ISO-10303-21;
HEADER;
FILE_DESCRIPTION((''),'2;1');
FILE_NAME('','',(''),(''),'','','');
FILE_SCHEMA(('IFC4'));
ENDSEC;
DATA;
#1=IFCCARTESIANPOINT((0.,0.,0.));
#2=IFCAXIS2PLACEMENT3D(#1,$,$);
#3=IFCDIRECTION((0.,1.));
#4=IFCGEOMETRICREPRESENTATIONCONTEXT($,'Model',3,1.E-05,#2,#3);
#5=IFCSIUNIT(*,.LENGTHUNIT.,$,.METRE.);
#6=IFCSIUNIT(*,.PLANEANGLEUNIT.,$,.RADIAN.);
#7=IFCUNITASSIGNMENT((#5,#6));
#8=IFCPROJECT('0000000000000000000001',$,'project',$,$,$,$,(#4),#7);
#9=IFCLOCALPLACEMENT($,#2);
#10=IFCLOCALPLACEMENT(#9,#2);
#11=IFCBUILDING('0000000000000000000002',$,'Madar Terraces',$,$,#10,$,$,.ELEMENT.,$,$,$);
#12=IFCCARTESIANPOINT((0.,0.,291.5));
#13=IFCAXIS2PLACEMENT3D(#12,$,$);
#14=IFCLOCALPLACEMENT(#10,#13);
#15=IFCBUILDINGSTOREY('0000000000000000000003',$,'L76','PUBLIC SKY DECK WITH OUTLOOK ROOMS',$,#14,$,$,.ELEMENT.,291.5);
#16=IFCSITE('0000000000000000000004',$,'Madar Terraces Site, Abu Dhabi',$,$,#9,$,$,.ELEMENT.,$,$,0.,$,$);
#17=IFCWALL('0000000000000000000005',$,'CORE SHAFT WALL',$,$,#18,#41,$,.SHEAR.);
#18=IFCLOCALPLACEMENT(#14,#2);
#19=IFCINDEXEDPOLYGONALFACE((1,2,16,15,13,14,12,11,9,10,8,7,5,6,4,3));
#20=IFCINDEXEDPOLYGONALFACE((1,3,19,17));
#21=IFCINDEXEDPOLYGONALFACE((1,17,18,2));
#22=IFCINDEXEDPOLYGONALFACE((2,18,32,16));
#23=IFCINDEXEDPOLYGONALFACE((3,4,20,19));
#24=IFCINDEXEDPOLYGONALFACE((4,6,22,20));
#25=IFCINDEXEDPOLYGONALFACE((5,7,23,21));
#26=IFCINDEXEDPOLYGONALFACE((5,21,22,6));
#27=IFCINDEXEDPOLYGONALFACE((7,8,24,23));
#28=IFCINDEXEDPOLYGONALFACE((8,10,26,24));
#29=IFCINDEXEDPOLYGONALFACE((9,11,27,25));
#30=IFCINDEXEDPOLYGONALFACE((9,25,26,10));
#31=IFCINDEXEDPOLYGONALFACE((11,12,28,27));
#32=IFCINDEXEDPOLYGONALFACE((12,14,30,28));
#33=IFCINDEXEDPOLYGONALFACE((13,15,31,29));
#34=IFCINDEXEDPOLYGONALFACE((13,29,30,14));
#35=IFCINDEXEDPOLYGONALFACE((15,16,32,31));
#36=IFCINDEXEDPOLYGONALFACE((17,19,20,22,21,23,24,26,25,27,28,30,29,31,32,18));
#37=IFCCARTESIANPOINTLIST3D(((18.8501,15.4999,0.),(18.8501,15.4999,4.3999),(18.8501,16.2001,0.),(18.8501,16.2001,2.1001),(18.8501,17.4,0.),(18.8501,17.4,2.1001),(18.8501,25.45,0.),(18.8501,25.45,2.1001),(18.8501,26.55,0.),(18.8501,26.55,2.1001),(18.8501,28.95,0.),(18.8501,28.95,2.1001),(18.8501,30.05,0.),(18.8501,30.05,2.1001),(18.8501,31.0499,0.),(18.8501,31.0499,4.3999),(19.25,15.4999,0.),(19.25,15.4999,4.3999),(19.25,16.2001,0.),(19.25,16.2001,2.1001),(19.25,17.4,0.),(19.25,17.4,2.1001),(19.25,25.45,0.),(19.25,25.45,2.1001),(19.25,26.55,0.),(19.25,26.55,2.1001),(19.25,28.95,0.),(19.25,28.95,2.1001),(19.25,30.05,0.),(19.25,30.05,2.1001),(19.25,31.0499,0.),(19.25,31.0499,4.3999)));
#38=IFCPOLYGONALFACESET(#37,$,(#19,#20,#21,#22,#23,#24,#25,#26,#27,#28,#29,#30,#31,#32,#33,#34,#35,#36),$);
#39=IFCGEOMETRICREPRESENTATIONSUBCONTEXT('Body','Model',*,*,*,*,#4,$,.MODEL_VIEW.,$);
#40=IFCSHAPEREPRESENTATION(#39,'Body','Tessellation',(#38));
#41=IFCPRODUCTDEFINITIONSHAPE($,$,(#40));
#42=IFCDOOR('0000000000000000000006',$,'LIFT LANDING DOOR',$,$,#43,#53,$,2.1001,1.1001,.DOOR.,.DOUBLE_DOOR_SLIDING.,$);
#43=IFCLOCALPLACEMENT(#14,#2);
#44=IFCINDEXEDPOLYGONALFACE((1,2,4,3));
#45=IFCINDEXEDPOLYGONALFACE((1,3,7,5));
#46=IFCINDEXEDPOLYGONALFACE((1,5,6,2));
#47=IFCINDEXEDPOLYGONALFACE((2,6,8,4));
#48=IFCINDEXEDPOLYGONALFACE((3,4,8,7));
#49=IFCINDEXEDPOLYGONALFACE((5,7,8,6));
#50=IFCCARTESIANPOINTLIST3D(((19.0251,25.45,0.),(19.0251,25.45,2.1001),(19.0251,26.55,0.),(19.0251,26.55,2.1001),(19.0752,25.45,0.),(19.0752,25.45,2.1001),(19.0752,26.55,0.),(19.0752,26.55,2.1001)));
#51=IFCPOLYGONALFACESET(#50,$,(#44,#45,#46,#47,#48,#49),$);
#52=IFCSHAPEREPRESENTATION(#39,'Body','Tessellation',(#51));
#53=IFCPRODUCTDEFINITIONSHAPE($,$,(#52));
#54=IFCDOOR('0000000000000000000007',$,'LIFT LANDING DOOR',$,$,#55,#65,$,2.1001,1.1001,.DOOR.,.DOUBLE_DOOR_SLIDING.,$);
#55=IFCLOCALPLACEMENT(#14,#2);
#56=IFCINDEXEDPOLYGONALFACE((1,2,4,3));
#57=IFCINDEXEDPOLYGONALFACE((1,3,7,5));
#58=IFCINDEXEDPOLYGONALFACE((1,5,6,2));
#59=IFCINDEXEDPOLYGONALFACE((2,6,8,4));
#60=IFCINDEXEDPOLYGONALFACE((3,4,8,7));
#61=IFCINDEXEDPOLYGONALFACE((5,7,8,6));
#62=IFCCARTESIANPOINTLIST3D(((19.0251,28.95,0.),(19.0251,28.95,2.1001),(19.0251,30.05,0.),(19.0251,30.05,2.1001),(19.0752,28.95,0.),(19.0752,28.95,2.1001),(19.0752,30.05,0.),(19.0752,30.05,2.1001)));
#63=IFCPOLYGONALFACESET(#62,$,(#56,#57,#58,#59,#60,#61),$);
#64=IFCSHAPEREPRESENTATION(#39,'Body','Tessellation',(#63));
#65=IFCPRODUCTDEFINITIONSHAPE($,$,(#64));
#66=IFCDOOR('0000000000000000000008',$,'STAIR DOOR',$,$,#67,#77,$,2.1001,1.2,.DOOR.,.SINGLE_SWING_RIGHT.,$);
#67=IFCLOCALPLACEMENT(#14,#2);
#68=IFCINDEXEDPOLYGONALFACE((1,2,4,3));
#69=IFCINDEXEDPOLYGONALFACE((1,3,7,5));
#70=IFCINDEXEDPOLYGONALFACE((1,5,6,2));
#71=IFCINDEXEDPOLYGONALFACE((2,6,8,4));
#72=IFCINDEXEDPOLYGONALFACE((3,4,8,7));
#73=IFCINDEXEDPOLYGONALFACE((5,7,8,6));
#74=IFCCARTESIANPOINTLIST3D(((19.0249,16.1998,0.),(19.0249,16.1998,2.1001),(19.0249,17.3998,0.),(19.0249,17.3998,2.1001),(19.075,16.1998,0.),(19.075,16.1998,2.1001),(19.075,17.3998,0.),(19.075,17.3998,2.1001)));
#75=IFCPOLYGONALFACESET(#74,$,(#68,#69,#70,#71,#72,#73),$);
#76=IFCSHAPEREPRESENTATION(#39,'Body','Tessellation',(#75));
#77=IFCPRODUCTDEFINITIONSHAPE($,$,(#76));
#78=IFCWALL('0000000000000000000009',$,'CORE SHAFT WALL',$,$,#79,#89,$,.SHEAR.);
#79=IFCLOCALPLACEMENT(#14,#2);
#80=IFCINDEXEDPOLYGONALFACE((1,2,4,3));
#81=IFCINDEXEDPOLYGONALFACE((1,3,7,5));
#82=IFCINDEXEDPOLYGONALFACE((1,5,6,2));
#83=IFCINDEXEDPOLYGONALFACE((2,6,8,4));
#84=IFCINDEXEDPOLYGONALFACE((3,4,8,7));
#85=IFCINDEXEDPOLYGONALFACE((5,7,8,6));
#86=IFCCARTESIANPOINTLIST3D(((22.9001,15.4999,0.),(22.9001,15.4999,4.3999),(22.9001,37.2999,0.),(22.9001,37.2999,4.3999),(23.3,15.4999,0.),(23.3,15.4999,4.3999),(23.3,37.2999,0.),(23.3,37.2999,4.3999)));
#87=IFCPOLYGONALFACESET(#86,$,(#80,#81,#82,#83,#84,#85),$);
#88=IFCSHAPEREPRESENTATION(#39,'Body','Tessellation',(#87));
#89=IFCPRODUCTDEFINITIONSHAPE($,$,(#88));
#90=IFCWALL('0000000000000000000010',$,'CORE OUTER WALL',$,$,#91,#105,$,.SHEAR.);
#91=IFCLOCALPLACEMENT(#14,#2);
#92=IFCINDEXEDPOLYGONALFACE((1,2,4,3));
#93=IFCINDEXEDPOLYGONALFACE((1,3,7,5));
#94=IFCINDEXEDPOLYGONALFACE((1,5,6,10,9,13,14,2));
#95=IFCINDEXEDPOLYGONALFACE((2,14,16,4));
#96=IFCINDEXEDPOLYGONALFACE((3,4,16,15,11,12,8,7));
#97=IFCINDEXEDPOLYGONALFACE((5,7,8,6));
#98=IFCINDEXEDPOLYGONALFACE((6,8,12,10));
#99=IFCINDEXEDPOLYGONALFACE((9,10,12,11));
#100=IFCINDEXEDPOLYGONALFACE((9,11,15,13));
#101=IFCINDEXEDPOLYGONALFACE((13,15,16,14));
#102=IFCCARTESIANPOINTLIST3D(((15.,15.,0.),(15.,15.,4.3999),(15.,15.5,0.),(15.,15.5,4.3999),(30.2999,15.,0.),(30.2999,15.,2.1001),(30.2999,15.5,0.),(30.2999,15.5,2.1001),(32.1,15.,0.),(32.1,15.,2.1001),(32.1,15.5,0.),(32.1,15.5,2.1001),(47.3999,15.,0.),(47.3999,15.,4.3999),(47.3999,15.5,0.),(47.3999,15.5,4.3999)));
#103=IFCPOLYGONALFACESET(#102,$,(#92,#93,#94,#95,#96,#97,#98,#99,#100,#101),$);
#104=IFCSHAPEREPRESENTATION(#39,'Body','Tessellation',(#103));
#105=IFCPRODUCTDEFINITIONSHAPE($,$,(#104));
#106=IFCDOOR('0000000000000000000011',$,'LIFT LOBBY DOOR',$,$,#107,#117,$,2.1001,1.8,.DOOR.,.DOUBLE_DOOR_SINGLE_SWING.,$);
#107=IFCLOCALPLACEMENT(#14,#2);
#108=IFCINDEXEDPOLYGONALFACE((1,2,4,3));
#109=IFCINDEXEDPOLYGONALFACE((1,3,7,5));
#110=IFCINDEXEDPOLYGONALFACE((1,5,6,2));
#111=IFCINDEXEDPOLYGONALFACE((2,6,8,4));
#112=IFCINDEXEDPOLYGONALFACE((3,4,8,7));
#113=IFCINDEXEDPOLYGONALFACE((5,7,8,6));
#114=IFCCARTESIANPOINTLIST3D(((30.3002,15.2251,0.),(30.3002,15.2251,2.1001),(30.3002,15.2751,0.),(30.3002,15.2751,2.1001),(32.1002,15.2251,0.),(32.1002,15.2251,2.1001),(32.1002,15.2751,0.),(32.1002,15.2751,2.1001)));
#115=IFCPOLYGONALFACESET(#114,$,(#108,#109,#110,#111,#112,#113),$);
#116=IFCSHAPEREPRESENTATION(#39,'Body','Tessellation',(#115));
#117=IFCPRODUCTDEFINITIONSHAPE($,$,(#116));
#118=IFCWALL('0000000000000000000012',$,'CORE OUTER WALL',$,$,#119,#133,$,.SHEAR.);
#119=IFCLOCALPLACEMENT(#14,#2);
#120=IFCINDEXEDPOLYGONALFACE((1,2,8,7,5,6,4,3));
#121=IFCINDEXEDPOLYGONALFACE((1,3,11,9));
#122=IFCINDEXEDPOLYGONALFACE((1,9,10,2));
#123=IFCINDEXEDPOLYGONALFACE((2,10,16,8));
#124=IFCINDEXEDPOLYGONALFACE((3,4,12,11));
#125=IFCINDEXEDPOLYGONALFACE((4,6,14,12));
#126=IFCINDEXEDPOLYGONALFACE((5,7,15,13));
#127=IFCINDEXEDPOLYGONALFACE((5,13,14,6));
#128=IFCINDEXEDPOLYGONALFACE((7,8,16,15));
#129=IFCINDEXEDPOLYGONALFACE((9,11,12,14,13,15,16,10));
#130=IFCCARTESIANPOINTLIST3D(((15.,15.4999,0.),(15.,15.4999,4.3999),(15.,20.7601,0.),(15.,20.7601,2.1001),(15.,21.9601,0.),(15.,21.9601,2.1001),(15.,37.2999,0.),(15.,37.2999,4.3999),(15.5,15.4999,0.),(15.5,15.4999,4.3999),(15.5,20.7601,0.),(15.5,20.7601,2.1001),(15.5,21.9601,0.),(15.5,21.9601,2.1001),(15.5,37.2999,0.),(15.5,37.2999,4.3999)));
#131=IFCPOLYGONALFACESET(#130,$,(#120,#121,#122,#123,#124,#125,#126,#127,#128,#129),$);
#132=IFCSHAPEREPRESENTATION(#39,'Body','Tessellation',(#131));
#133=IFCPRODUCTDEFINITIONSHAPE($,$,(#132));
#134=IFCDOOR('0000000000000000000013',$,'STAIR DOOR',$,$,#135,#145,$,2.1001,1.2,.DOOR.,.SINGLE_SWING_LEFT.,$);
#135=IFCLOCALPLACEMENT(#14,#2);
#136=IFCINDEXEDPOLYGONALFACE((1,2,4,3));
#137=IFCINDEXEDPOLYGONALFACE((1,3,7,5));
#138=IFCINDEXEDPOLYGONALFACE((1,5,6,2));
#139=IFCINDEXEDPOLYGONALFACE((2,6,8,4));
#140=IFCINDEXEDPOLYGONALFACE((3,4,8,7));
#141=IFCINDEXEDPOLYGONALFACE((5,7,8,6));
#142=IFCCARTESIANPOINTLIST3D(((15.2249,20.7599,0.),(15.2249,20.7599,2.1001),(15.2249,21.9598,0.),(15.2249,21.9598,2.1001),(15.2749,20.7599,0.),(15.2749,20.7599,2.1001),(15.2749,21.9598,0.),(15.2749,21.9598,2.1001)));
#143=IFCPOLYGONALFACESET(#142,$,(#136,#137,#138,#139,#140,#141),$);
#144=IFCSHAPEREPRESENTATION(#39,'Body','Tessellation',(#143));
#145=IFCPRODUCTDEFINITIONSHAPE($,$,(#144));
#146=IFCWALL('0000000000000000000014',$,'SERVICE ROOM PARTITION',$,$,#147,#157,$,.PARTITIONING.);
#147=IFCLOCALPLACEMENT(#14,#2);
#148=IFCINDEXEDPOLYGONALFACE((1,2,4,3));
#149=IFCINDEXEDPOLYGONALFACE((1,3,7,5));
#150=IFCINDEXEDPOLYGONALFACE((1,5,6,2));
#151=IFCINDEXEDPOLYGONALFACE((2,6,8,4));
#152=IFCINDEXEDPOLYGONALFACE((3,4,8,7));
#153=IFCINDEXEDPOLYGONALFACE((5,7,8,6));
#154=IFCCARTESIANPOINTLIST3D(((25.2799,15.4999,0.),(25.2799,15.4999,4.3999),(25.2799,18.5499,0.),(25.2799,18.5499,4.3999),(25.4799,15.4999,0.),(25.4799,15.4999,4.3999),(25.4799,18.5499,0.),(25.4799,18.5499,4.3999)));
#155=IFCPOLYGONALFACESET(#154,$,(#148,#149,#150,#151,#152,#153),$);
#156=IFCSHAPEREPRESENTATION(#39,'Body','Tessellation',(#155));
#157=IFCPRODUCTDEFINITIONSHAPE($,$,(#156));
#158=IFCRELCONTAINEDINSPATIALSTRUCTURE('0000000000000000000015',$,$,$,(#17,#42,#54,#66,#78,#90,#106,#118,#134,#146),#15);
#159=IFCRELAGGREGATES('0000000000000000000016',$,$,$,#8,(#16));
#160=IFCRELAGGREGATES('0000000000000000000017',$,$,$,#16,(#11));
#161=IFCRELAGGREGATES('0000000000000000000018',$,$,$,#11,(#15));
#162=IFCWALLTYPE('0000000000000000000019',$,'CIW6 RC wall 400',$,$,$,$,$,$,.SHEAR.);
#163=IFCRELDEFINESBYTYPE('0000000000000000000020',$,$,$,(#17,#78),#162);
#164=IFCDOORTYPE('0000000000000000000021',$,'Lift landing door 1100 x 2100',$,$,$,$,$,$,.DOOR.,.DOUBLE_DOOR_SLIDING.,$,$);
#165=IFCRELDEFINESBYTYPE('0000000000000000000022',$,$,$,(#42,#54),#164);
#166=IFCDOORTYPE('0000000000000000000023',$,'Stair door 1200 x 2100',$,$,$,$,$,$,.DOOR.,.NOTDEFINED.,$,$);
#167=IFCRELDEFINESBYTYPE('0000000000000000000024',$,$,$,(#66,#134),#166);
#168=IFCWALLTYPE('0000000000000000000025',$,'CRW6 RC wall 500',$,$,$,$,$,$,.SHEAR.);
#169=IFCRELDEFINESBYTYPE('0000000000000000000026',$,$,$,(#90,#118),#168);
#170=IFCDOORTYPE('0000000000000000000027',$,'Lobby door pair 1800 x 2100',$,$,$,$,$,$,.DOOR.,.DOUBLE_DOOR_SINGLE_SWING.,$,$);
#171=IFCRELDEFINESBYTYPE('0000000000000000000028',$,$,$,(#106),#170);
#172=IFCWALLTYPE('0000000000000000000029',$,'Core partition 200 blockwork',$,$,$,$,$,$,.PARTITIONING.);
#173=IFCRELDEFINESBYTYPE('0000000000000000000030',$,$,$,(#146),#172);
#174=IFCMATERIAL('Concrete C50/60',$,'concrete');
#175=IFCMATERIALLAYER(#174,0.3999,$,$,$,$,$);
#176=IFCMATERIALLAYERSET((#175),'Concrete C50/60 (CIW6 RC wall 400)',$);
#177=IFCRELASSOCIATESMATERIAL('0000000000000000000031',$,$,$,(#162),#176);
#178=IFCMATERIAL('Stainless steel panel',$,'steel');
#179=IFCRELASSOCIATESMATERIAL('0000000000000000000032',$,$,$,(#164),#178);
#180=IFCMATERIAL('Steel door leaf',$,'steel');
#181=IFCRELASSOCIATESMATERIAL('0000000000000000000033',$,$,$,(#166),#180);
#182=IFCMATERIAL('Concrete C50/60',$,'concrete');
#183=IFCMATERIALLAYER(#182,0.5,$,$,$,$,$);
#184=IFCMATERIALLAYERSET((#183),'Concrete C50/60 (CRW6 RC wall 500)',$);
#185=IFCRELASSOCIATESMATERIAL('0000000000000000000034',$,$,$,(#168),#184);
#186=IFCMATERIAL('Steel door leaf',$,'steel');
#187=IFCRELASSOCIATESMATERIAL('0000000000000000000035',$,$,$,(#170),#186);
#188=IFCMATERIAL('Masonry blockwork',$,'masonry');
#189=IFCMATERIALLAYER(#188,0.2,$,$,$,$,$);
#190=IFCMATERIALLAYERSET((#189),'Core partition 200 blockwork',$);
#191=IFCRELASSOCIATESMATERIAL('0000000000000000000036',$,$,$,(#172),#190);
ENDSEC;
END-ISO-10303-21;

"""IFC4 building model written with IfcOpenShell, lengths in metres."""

from ifc_helpers import new_model, si_unit, direction, frame, frame_2d, origin, place, context, subcontext, project, spatial, rectangle, extrude, material, layer, layer_set, type_object, element, fill, save


model = new_model("IFC4")

# Units and contexts
model_context = context("Model", 3, precision=1e-05, world=origin(), true_north=direction((0.0, 1.0)))
body_context = subcontext(model_context, "Body", "Model", "MODEL_VIEW")
ifc_project = project(units=[si_unit("LENGTHUNIT", "METRE"), si_unit("PLANEANGLEUNIT", "RADIAN")], contexts=[model_context])

# Site, building, storey
site_placement = place(None, origin())
site = spatial("IfcSite", under=ifc_project, at=site_placement, Name="Madar Terraces Site, Abu Dhabi", CompositionType="ELEMENT", RefElevation=0.0)
building_placement = place(site_placement, origin())
building = spatial("IfcBuilding", under=site, at=building_placement, Name="Madar Terraces", CompositionType="ELEMENT")
storey_placement = place(building_placement, frame((0.0, 0.0, 291.5)))
storey = spatial("IfcBuildingStorey", under=building, at=storey_placement, Name="L76", Description="PUBLIC SKY DECK WITH OUTLOOK ROOMS", CompositionType="ELEMENT", Elevation=291.5)

# Wall, openings, doors
ifc_material_1 = material(Name="Concrete C50/60", Category="concrete")
ifc_layer_1 = layer(ifc_material_1, 0.3999)
ifc_layer_set_1 = layer_set([ifc_layer_1], Name="Concrete C50/60 (CIW6 RC wall 400)")
wall_type_1 = type_object("IfcWallType", Name="CIW6 RC wall 400", PredefinedType="SHEAR", material=ifc_layer_set_1)
wall_1_placement = place(storey_placement, frame((19.05, 15.5, 0.0), z_axis=(0.0, 0.0, 1.0), x_axis=(0.0, 1.0, 0.0)))
wall_1 = element("IfcWall", 1, at=wall_1_placement, inside=storey, type_object=wall_type_1, Name="CORE SHAFT WALL", PredefinedType="SHEAR", context=body_context, shape_type="SweptSolid", body=[
    extrude(rectangle(XDim=15.55, YDim=0.3999, at=frame_2d((7.7749, 0.0))), origin(), (0.0, 0.0, 1.0), 4.3999),
])
opening_1_placement = place(wall_1_placement, frame((9.95, 0.0, 0.0)))
opening_1 = element("IfcOpeningElement", 2, at=opening_1_placement, cuts=wall_1, PredefinedType="OPENING", context=body_context, shape_type="SweptSolid", body=[
    extrude(rectangle(XDim=1.1001, YDim=2.1001, at=frame_2d((0.55, 1.05))), frame((0.0, 0.21, 0.0), z_axis=(0.0, -1.0, 0.0), x_axis=(1.0, 0.0, 0.0)), (0.0, 0.0, 1.0), 0.4199),
])
opening_2_placement = place(wall_1_placement, frame((13.45, 0.0, 0.0)))
opening_2 = element("IfcOpeningElement", 3, at=opening_2_placement, cuts=wall_1, PredefinedType="OPENING", context=body_context, shape_type="SweptSolid", body=[
    extrude(rectangle(XDim=1.1001, YDim=2.1001, at=frame_2d((0.55, 1.05))), frame((0.0, 0.21, 0.0), z_axis=(0.0, -1.0, 0.0), x_axis=(1.0, 0.0, 0.0)), (0.0, 0.0, 1.0), 0.4199),
])
opening_3_placement = place(wall_1_placement, frame((0.7, 0.0, 0.0)))
opening_3 = element("IfcOpeningElement", 4, at=opening_3_placement, cuts=wall_1, PredefinedType="OPENING", context=body_context, shape_type="SweptSolid", body=[
    extrude(rectangle(XDim=1.2, YDim=2.1001, at=frame_2d((0.6001, 1.05))), frame((0.0, 0.21, 0.0), z_axis=(0.0, -1.0, 0.0), x_axis=(1.0, 0.0, 0.0)), (0.0, 0.0, 1.0), 0.4199),
])
ifc_material_2 = material(Name="Stainless steel panel", Category="steel")
door_type_1 = type_object("IfcDoorType", Name="Lift landing door 1100 x 2100", OperationType="DOUBLE_DOOR_SLIDING", PredefinedType="DOOR", material=ifc_material_2)
door_1_placement = place(opening_1_placement, origin())
door_1 = element("IfcDoor", 5, at=door_1_placement, inside=storey, type_object=door_type_1, Name="LIFT LANDING DOOR", OperationType="DOUBLE_DOOR_SLIDING", OverallHeight=2.1001, OverallWidth=1.1001, PredefinedType="DOOR", context=body_context, shape_type="SweptSolid", body=[
    extrude(rectangle(XDim=1.1001, YDim=2.1001, at=frame_2d((0.55, 1.05))), frame((0.0, 0.0249, 0.0), z_axis=(0.0, -1.0, 0.0), x_axis=(1.0, 0.0, 0.0)), (0.0, 0.0, 1.0), 0.05),
])
fill(opening_1, door_1)
door_2_placement = place(opening_2_placement, origin())
door_2 = element("IfcDoor", 6, at=door_2_placement, inside=storey, type_object=door_type_1, Name="LIFT LANDING DOOR", OperationType="DOUBLE_DOOR_SLIDING", OverallHeight=2.1001, OverallWidth=1.1001, PredefinedType="DOOR", context=body_context, shape_type="SweptSolid", body=[
    extrude(rectangle(XDim=1.1001, YDim=2.1001, at=frame_2d((0.55, 1.05))), frame((0.0, 0.0249, 0.0), z_axis=(0.0, -1.0, 0.0), x_axis=(1.0, 0.0, 0.0)), (0.0, 0.0, 1.0), 0.05),
])
fill(opening_2, door_2)
ifc_material_3 = material(Name="Steel door leaf", Category="steel")
door_type_2 = type_object("IfcDoorType", Name="Stair door 1200 x 2100", OperationType="NOTDEFINED", PredefinedType="DOOR", material=ifc_material_3)
door_3_placement = place(opening_3_placement, frame((1.2, 0.0, 0.0), z_axis=(0.0, 0.0, 1.0), x_axis=(-1.0, 0.0, 0.0)))
door_3 = element("IfcDoor", 7, at=door_3_placement, inside=storey, type_object=door_type_2, Name="STAIR DOOR", OperationType="SINGLE_SWING_RIGHT", OverallHeight=2.1001, OverallWidth=1.2, PredefinedType="DOOR", context=body_context, shape_type="SweptSolid", body=[
    extrude(rectangle(XDim=1.2, YDim=2.1001, at=frame_2d((0.6001, 1.05))), frame((0.0, 0.0249, 0.0), z_axis=(0.0, -1.0, 0.0), x_axis=(1.0, 0.0, 0.0)), (0.0, 0.0, 1.0), 0.05),
])
fill(opening_3, door_3)

# Wall
wall_2_placement = place(storey_placement, frame((23.1001, 15.5, 0.0), z_axis=(0.0, 0.0, 1.0), x_axis=(0.0, 1.0, 0.0)))
element("IfcWall", 8, at=wall_2_placement, inside=storey, type_object=wall_type_1, Name="CORE SHAFT WALL", PredefinedType="SHEAR", context=body_context, shape_type="SweptSolid", body=[
    extrude(rectangle(XDim=21.8, YDim=0.3999, at=frame_2d((10.8999, 0.0))), origin(), (0.0, 0.0, 1.0), 4.3999),
])

# Walls, openings, doors
ifc_material_4 = material(Name="Concrete C50/60", Category="concrete")
ifc_layer_2 = layer(ifc_material_4, 0.5)
ifc_layer_set_2 = layer_set([ifc_layer_2], Name="Concrete C50/60 (CRW6 RC wall 500)")
wall_type_2 = type_object("IfcWallType", Name="CRW6 RC wall 500", PredefinedType="SHEAR", material=ifc_layer_set_2)
wall_3_placement = place(storey_placement, frame((15.0, 15.25, 0.0), z_axis=(0.0, 0.0, 1.0), x_axis=(1.0, 0.0, 0.0)))
wall_3 = element("IfcWall", 9, at=wall_3_placement, inside=storey, type_object=wall_type_2, Name="CORE OUTER WALL", PredefinedType="SHEAR", context=body_context, shape_type="SweptSolid", body=[
    extrude(rectangle(XDim=32.3999, YDim=0.5, at=frame_2d((16.2, 0.0))), origin(), (0.0, 0.0, 1.0), 4.3999),
])
opening_4_placement = place(wall_3_placement, frame((15.3, 0.0, 0.0)))
opening_4 = element("IfcOpeningElement", 10, at=opening_4_placement, cuts=wall_3, PredefinedType="OPENING", context=body_context, shape_type="SweptSolid", body=[
    extrude(rectangle(XDim=1.8, YDim=2.1001, at=frame_2d((0.8999, 1.05))), frame((0.0, 0.26, 0.0), z_axis=(0.0, -1.0, 0.0), x_axis=(1.0, 0.0, 0.0)), (0.0, 0.0, 1.0), 0.52),
])
ifc_material_5 = material(Name="Steel door leaf", Category="steel")
door_type_3 = type_object("IfcDoorType", Name="Lobby door pair 1800 x 2100", OperationType="DOUBLE_DOOR_SINGLE_SWING", PredefinedType="DOOR", material=ifc_material_5)
door_4_placement = place(opening_4_placement, frame((1.8, 0.0, 0.0), z_axis=(0.0, 0.0, 1.0), x_axis=(-1.0, 0.0, 0.0)))
door_4 = element("IfcDoor", 11, at=door_4_placement, inside=storey, type_object=door_type_3, Name="LIFT LOBBY DOOR", OperationType="DOUBLE_DOOR_SINGLE_SWING", OverallHeight=2.1001, OverallWidth=1.8, PredefinedType="DOOR", context=body_context, shape_type="SweptSolid", body=[
    extrude(rectangle(XDim=1.8, YDim=2.1001, at=frame_2d((0.8999, 1.05))), frame((0.0, 0.0249, 0.0), z_axis=(0.0, -1.0, 0.0), x_axis=(1.0, 0.0, 0.0)), (0.0, 0.0, 1.0), 0.05),
])
fill(opening_4, door_4)
wall_4_placement = place(storey_placement, frame((15.25, 15.5, 0.0), z_axis=(0.0, 0.0, 1.0), x_axis=(0.0, 1.0, 0.0)))
wall_4 = element("IfcWall", 12, at=wall_4_placement, inside=storey, type_object=wall_type_2, Name="CORE OUTER WALL", PredefinedType="SHEAR", context=body_context, shape_type="SweptSolid", body=[
    extrude(rectangle(XDim=21.8, YDim=0.5, at=frame_2d((10.8999, 0.0))), origin(), (0.0, 0.0, 1.0), 4.3999),
])
opening_5_placement = place(wall_4_placement, frame((5.26, 0.0, 0.0)))
opening_5 = element("IfcOpeningElement", 13, at=opening_5_placement, cuts=wall_4, PredefinedType="OPENING", context=body_context, shape_type="SweptSolid", body=[
    extrude(rectangle(XDim=1.2, YDim=2.1001, at=frame_2d((0.6001, 1.05))), frame((0.0, 0.26, 0.0), z_axis=(0.0, -1.0, 0.0), x_axis=(1.0, 0.0, 0.0)), (0.0, 0.0, 1.0), 0.52),
])
door_5_placement = place(opening_5_placement, frame((1.2, 0.0, 0.0), z_axis=(0.0, 0.0, 1.0), x_axis=(-1.0, 0.0, 0.0)))
door_5 = element("IfcDoor", 14, at=door_5_placement, inside=storey, type_object=door_type_2, Name="STAIR DOOR", OperationType="SINGLE_SWING_LEFT", OverallHeight=2.1001, OverallWidth=1.2, PredefinedType="DOOR", context=body_context, shape_type="SweptSolid", body=[
    extrude(rectangle(XDim=1.2, YDim=2.1001, at=frame_2d((0.6001, 1.05))), frame((0.0, 0.0249, 0.0), z_axis=(0.0, -1.0, 0.0), x_axis=(1.0, 0.0, 0.0)), (0.0, 0.0, 1.0), 0.05),
])
fill(opening_5, door_5)

# Wall
ifc_material_6 = material(Name="Masonry blockwork", Category="masonry")
ifc_layer_3 = layer(ifc_material_6, 0.2)
ifc_layer_set_3 = layer_set([ifc_layer_3], Name="Core partition 200 blockwork")
wall_type_3 = type_object("IfcWallType", Name="Core partition 200 blockwork", PredefinedType="PARTITIONING", material=ifc_layer_set_3)
wall_5_placement = place(storey_placement, frame((25.3799, 15.5, 0.0), z_axis=(0.0, 0.0, 1.0), x_axis=(0.0, 1.0, 0.0)))
element("IfcWall", 15, at=wall_5_placement, inside=storey, type_object=wall_type_3, Name="SERVICE ROOM PARTITION", PredefinedType="PARTITIONING", context=body_context, shape_type="SweptSolid", body=[
    extrude(rectangle(XDim=3.05, YDim=0.2, at=frame_2d((1.5249, 0.0))), origin(), (0.0, 0.0, 1.0), 4.3999),
])

save(model, "model.ifc")
